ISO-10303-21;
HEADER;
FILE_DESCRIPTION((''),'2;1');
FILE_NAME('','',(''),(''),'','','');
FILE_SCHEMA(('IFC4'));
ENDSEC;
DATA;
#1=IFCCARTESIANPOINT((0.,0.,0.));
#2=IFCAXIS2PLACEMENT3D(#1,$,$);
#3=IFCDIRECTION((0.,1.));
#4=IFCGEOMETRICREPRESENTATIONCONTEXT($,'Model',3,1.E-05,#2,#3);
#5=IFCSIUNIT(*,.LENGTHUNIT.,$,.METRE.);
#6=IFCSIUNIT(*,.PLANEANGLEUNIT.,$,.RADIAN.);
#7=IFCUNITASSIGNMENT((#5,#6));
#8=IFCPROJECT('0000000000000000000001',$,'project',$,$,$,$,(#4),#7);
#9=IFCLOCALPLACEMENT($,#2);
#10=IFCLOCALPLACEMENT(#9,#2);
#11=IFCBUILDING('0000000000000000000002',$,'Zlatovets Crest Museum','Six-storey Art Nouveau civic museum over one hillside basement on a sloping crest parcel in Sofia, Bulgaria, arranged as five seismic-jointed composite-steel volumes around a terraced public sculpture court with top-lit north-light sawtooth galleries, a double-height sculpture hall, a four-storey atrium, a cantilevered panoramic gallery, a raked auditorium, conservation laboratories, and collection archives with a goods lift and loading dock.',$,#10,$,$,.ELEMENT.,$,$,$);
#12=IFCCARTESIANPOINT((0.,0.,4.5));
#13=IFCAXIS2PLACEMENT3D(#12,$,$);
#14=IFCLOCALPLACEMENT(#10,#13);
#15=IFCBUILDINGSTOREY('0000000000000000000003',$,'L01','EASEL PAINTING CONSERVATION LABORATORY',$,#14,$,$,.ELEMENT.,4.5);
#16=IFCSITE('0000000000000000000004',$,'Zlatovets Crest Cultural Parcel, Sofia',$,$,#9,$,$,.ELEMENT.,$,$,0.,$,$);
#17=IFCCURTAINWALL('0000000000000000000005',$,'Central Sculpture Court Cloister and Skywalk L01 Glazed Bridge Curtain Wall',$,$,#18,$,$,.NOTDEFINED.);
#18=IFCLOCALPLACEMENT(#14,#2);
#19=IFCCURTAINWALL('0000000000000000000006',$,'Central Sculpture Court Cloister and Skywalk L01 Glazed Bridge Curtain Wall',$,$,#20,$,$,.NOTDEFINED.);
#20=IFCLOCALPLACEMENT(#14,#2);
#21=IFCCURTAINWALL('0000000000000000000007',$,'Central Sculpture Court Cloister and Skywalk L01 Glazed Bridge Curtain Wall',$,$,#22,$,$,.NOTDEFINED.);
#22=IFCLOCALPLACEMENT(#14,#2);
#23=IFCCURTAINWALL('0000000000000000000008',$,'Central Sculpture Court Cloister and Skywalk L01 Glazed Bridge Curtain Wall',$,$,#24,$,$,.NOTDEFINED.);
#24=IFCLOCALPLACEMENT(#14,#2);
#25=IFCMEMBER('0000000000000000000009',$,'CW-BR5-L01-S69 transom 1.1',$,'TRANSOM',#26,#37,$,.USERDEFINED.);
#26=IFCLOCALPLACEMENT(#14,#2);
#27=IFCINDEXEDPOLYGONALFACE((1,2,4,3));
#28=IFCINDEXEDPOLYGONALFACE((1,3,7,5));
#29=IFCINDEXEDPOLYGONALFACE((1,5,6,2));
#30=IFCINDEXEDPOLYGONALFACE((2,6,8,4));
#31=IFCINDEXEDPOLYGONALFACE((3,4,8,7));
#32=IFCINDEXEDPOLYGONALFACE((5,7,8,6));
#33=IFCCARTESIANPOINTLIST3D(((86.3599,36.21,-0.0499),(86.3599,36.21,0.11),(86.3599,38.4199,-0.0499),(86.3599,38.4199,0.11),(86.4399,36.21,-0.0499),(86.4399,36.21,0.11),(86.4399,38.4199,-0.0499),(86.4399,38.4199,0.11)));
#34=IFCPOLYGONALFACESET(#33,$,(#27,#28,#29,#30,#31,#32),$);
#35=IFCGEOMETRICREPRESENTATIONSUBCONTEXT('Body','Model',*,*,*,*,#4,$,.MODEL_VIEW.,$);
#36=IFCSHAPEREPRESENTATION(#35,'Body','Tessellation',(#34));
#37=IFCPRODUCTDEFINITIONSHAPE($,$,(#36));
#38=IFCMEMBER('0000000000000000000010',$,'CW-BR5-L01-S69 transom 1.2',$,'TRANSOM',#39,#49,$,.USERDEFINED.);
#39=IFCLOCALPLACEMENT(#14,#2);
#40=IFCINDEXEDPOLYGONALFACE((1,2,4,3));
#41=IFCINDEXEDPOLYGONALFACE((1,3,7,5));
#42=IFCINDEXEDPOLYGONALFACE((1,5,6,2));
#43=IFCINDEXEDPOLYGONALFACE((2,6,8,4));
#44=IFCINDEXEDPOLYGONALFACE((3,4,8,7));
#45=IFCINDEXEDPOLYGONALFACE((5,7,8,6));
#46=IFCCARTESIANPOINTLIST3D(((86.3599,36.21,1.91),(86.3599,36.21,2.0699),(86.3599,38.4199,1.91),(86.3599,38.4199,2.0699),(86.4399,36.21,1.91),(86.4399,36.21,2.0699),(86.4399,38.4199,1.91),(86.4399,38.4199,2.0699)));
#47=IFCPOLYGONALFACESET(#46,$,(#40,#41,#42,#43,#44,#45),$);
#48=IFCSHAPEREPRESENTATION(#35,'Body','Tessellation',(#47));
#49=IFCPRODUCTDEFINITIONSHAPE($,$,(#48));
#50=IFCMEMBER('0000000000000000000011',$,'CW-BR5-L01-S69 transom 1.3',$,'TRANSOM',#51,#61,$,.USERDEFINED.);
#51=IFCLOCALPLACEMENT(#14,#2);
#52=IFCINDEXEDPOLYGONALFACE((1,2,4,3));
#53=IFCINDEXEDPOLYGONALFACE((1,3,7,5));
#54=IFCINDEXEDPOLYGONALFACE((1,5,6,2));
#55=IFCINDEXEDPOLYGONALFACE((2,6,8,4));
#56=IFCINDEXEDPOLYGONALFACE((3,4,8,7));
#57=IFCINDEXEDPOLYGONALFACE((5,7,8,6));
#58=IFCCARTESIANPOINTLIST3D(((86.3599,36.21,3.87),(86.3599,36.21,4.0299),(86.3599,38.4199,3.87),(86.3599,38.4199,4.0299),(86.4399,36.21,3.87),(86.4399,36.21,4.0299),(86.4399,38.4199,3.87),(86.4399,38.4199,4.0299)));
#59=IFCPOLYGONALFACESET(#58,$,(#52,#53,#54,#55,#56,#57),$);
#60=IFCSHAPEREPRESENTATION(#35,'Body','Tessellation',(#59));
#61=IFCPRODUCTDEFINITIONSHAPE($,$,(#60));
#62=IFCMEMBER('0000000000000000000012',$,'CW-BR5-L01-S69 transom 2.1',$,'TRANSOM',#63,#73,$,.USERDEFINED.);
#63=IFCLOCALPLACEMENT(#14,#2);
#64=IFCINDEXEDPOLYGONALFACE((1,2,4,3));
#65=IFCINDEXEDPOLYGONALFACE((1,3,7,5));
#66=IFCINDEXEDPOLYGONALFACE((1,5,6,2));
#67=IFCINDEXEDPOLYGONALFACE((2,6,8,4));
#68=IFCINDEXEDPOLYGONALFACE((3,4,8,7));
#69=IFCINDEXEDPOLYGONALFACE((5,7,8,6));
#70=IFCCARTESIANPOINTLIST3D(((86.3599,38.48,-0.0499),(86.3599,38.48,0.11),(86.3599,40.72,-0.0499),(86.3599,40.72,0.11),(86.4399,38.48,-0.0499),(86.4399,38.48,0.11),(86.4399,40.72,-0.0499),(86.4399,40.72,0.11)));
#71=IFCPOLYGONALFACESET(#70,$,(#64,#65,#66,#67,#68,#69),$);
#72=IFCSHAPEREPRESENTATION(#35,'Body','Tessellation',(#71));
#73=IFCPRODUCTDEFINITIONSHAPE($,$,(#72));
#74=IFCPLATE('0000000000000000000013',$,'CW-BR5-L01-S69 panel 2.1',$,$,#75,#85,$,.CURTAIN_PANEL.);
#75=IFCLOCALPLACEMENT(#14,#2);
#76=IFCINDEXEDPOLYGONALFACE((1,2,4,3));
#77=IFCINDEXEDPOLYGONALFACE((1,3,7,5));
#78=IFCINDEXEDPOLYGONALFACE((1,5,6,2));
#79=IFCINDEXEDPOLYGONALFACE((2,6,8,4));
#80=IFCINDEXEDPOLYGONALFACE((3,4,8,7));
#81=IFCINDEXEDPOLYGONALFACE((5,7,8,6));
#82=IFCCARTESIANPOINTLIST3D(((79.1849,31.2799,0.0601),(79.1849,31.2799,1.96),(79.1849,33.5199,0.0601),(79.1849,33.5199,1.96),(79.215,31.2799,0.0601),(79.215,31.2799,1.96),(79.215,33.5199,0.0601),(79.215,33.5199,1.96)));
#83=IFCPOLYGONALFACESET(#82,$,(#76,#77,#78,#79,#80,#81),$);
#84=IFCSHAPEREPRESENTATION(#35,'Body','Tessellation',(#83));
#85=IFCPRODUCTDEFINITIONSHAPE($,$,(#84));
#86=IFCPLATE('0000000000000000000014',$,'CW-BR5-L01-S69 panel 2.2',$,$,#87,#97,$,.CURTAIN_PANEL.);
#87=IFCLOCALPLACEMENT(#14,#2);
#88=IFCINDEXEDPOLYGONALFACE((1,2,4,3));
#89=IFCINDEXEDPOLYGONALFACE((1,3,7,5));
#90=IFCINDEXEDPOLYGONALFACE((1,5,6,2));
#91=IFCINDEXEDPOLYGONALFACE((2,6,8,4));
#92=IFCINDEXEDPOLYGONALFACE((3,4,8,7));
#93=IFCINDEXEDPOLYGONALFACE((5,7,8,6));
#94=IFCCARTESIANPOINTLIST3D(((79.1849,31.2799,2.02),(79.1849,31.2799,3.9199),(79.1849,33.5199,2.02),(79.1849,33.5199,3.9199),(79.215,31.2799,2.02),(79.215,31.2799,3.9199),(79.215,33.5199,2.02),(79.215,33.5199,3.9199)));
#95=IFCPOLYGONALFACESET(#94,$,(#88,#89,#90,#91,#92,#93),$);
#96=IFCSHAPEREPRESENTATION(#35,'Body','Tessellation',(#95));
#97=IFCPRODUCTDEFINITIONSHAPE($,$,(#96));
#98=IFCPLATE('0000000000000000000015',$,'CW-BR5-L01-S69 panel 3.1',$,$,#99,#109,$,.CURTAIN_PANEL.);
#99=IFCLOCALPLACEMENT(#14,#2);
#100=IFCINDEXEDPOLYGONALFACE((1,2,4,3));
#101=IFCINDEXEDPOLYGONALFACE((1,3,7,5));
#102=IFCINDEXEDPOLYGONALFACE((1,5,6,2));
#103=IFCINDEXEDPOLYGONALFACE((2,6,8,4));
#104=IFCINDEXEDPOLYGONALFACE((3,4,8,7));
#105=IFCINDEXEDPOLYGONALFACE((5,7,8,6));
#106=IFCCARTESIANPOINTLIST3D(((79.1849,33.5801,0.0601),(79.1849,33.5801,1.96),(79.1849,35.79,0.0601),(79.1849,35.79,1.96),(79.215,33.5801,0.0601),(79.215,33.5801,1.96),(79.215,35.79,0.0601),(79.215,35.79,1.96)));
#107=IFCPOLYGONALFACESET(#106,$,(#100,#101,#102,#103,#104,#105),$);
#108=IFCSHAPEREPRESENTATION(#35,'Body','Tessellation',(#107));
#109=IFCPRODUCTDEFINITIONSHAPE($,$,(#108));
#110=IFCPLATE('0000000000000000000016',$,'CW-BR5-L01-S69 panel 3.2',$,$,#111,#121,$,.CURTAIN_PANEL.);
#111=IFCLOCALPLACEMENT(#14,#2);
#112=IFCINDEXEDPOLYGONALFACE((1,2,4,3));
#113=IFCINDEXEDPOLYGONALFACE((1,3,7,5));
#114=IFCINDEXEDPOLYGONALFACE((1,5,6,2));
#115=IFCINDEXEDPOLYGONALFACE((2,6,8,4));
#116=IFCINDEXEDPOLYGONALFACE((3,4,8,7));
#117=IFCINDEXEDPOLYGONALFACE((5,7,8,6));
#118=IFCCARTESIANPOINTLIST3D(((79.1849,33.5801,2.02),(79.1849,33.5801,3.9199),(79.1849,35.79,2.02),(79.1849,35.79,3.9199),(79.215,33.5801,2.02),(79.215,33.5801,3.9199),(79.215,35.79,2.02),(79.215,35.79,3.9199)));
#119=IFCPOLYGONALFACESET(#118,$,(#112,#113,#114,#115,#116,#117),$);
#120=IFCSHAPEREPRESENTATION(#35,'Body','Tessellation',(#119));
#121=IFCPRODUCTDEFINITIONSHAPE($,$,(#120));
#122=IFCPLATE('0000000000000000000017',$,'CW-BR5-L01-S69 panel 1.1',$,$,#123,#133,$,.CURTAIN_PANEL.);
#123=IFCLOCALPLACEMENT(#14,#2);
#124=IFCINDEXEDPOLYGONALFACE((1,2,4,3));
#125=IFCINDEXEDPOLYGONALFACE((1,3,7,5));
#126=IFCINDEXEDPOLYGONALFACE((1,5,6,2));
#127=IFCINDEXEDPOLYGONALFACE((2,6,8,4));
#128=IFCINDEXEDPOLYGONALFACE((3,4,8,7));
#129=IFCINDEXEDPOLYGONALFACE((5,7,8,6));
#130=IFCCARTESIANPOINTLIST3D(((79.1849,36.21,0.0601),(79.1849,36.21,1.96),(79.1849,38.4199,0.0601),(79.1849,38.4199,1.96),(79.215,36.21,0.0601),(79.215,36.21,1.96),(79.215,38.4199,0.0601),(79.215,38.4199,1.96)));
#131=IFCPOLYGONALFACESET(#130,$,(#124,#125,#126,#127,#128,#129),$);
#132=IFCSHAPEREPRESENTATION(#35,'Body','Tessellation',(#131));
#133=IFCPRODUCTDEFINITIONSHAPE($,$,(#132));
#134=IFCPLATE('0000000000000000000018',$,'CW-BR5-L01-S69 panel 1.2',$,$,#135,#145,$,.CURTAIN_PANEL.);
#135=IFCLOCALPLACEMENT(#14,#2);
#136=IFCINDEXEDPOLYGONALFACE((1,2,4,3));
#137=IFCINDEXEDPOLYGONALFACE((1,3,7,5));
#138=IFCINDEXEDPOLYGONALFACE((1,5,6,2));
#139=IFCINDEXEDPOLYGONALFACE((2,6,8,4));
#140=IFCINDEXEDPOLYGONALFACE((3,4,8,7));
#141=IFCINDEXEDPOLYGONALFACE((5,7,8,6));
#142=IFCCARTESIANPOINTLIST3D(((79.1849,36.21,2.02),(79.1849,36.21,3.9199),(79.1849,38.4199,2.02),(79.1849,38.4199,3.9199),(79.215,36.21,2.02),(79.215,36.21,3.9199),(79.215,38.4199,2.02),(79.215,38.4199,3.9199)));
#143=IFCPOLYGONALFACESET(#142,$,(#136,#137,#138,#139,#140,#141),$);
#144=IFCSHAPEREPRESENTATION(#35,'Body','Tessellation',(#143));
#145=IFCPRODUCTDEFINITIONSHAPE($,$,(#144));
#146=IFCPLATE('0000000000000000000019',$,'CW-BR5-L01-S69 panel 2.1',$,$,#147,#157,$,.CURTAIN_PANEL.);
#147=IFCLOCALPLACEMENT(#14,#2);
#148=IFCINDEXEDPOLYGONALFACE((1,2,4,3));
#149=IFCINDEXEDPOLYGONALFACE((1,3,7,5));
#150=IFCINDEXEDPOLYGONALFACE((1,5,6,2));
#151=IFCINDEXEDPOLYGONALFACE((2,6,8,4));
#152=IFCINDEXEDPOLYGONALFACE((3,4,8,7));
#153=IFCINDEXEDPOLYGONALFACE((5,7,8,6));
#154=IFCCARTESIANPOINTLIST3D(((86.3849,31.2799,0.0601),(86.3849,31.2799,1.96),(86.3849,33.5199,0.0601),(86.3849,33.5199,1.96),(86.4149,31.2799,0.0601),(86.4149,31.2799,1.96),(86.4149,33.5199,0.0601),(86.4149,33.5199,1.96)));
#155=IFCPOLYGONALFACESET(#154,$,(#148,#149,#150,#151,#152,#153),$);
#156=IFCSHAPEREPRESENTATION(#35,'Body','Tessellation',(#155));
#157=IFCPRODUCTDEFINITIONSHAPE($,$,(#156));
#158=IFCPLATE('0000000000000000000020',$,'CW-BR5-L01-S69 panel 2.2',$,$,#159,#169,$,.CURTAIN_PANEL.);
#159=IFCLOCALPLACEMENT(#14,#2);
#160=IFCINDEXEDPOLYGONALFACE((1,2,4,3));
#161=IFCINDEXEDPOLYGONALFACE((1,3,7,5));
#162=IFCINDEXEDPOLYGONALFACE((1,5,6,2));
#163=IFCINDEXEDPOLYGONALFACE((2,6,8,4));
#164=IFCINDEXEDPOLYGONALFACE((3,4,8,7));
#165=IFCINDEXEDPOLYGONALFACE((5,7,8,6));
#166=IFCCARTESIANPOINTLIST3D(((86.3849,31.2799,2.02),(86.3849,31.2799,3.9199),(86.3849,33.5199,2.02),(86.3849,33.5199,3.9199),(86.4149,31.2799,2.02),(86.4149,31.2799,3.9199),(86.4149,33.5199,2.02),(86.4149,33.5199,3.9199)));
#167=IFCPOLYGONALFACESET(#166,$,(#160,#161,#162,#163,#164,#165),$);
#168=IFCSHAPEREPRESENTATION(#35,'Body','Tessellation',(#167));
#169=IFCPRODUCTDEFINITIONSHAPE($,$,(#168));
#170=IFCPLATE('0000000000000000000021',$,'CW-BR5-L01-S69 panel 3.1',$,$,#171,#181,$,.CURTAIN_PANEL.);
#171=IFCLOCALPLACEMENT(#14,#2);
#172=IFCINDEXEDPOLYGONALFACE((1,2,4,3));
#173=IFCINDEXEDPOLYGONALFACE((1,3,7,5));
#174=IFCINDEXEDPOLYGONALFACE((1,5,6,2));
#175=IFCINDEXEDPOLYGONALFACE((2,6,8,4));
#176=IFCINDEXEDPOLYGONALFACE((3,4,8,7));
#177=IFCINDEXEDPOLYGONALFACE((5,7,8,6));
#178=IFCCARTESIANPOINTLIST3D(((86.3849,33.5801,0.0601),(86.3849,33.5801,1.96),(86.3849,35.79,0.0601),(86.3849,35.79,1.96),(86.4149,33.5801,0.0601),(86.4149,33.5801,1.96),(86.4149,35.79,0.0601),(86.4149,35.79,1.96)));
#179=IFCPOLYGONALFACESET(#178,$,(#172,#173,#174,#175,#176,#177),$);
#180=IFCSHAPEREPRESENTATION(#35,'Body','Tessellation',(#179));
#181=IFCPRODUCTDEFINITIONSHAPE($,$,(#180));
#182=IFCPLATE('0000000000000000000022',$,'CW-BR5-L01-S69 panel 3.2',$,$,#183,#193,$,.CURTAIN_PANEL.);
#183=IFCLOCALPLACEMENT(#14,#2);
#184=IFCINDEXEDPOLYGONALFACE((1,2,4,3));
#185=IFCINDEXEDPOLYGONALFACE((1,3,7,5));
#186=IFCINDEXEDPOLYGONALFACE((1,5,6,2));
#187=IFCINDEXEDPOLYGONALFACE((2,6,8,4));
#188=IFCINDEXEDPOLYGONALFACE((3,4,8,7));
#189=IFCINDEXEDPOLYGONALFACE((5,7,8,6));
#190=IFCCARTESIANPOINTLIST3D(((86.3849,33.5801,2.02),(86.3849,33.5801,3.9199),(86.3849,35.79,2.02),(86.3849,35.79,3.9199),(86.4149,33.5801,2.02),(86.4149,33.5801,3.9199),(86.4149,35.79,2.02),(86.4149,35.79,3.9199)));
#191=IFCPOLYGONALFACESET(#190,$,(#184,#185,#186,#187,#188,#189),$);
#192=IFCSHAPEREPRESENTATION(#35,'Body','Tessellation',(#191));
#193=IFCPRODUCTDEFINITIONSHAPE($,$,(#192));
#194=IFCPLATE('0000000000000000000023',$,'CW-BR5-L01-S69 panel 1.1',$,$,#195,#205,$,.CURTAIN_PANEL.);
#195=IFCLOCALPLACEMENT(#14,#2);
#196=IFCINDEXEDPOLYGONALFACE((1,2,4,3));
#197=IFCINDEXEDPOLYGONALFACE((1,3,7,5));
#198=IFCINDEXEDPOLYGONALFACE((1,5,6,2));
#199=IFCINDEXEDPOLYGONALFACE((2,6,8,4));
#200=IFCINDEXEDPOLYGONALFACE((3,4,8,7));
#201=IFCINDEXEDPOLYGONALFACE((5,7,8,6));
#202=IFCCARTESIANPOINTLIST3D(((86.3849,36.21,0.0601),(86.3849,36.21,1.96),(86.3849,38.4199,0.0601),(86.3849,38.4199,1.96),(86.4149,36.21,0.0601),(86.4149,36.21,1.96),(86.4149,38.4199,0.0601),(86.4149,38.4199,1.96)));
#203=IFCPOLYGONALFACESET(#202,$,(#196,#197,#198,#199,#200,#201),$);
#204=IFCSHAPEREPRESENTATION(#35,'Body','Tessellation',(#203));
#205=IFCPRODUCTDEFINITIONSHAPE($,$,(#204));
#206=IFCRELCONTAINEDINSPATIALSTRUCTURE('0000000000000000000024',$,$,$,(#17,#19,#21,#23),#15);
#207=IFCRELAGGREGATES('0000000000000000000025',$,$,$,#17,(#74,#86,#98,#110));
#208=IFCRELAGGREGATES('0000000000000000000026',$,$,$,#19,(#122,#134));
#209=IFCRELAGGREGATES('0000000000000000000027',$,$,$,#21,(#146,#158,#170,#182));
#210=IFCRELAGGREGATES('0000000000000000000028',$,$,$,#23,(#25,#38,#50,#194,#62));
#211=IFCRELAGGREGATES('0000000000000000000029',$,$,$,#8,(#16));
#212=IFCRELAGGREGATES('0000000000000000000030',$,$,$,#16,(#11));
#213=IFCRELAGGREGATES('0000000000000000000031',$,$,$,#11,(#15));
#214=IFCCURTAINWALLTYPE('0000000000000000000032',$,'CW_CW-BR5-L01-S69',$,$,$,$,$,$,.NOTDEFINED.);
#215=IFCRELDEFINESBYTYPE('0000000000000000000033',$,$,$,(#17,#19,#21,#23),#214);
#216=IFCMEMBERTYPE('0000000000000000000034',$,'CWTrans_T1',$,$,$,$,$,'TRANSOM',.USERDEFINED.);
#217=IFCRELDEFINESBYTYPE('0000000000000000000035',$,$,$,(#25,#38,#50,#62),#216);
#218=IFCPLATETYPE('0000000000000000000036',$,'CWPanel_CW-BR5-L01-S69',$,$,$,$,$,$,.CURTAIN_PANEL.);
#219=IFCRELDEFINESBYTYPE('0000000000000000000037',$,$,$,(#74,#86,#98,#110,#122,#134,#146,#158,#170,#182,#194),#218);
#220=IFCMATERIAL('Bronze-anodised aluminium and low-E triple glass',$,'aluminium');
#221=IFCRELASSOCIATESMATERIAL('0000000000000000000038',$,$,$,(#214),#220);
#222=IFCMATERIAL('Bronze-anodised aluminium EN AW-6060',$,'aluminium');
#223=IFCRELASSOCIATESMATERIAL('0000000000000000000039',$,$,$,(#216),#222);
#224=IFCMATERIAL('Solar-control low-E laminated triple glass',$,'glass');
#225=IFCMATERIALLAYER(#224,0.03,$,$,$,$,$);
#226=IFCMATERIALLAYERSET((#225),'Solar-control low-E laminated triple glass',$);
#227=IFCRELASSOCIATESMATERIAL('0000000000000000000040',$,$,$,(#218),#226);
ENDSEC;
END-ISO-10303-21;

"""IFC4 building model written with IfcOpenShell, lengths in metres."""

from ifc_helpers import new_model, si_unit, direction, frame, origin, origin_2d, place, context, subcontext, project, spatial, rectangle, extrude, material, layer, layer_set, material_profile, profile_set, type_object, element, aggregate, save


model = new_model("IFC4")

# Units and contexts
model_context = context("Model", 3, precision=1e-05, world=origin(), true_north=direction((0.0, 1.0)))
body_context = subcontext(model_context, "Body", "Model", "MODEL_VIEW")
ifc_project = project(units=[si_unit("LENGTHUNIT", "METRE"), si_unit("PLANEANGLEUNIT", "RADIAN")], contexts=[model_context])

# Site, building, storey
site_placement = place(None, origin())
site = spatial("IfcSite", under=ifc_project, at=site_placement, Name="Zlatovets Crest Cultural Parcel, Sofia", CompositionType="ELEMENT", RefElevation=0.0)
building_placement = place(site_placement, origin())
building = spatial("IfcBuilding", under=site, at=building_placement, Name="Zlatovets Crest Museum", Description="Six-storey Art Nouveau civic museum over one hillside basement on a sloping crest parcel in Sofia, Bulgaria, arranged as five seismic-jointed composite-steel volumes around a terraced public sculpture court with top-lit north-light sawtooth galleries, a double-height sculpture hall, a four-storey atrium, a cantilevered panoramic gallery, a raked auditorium, conservation laboratories, and collection archives with a goods lift and loading dock.", CompositionType="ELEMENT")
storey_placement = place(building_placement, frame((0.0, 0.0, 4.5)))
storey = spatial("IfcBuildingStorey", under=building, at=storey_placement, Name="L01", Description="EASEL PAINTING CONSERVATION LABORATORY", CompositionType="ELEMENT", Elevation=4.5)

# Curtain walls
ifc_material_1 = material(Name="Bronze-anodised aluminium and low-E triple glass", Category="aluminium")
curtain_wall_type = type_object("IfcCurtainWallType", Name="CW_CW-BR5-L01-S69", PredefinedType="NOTDEFINED", material=ifc_material_1)
curtain_wall_1_placement = place(storey_placement, origin())
curtain_wall_1 = element("IfcCurtainWall", 1, at=curtain_wall_1_placement, inside=storey, type_object=curtain_wall_type, Name="Central Sculpture Court Cloister and Skywalk L01 Glazed Bridge Curtain Wall", PredefinedType="NOTDEFINED")
ifc_material_2 = material(Name="Bronze-anodised aluminium EN AW-6060", Category="aluminium")
curtain_wall_2_placement = place(storey_placement, origin())
curtain_wall_2 = element("IfcCurtainWall", 2, at=curtain_wall_2_placement, inside=storey, type_object=curtain_wall_type, Name="Central Sculpture Court Cloister and Skywalk L01 Glazed Bridge Curtain Wall", PredefinedType="NOTDEFINED")
curtain_wall_3_placement = place(storey_placement, origin())
curtain_wall_3 = element("IfcCurtainWall", 3, at=curtain_wall_3_placement, inside=storey, type_object=curtain_wall_type, Name="Central Sculpture Court Cloister and Skywalk L01 Glazed Bridge Curtain Wall", PredefinedType="NOTDEFINED")
curtain_wall_4_placement = place(storey_placement, origin())
curtain_wall_4 = element("IfcCurtainWall", 4, at=curtain_wall_4_placement, inside=storey, type_object=curtain_wall_type, Name="Central Sculpture Court Cloister and Skywalk L01 Glazed Bridge Curtain Wall", PredefinedType="NOTDEFINED")

# Members
ifc_material_profile_1 = material_profile(ifc_material_2, rectangle(XDim=0.0801, YDim=0.1599, at=origin_2d()), Name="ALU 80x160")
ifc_profile_set_1 = profile_set([ifc_material_profile_1], Name="Bronze-anodised aluminium EN AW-6060")
member_type_1 = type_object("IfcMemberType", Name="CWTrans_T1", ElementType="TRANSOM", PredefinedType="USERDEFINED", material=ifc_profile_set_1)
member_1_placement = place(storey_placement, frame((86.3999, 36.21, 0.03), z_axis=(0.0, 1.0, 0.0), x_axis=(-1.0, 0.0, 0.0)))
member_1 = element("IfcMember", 5, at=member_1_placement, type_object=member_type_1, Name="CW-BR5-L01-S69 transom 1.1", ObjectType="TRANSOM", PredefinedType="USERDEFINED", context=body_context, shape_type="SweptSolid", body=[
    extrude(rectangle(XDim=0.0801, YDim=0.1599, at=origin_2d()), origin(), (0.0, 0.0, 1.0), 2.21),
])
member_2_placement = place(storey_placement, frame((86.3999, 36.21, 1.99), z_axis=(0.0, 1.0, 0.0), x_axis=(-1.0, 0.0, 0.0)))
member_2 = element("IfcMember", 6, at=member_2_placement, type_object=member_type_1, Name="CW-BR5-L01-S69 transom 1.2", ObjectType="TRANSOM", PredefinedType="USERDEFINED", context=body_context, shape_type="SweptSolid", body=[
    extrude(rectangle(XDim=0.0801, YDim=0.1599, at=origin_2d()), origin(), (0.0, 0.0, 1.0), 2.21),
])
member_3_placement = place(storey_placement, frame((86.3999, 36.21, 3.95), z_axis=(0.0, 1.0, 0.0), x_axis=(-1.0, 0.0, 0.0)))
member_3 = element("IfcMember", 7, at=member_3_placement, type_object=member_type_1, Name="CW-BR5-L01-S69 transom 1.3", ObjectType="TRANSOM", PredefinedType="USERDEFINED", context=body_context, shape_type="SweptSolid", body=[
    extrude(rectangle(XDim=0.0801, YDim=0.1599, at=origin_2d()), origin(), (0.0, 0.0, 1.0), 2.21),
])
member_4_placement = place(storey_placement, frame((86.3999, 38.48, 0.03), z_axis=(0.0, 1.0, 0.0), x_axis=(-1.0, 0.0, 0.0)))
member_4 = element("IfcMember", 8, at=member_4_placement, type_object=member_type_1, Name="CW-BR5-L01-S69 transom 2.1", ObjectType="TRANSOM", PredefinedType="USERDEFINED", context=body_context, shape_type="SweptSolid", body=[
    extrude(rectangle(XDim=0.0801, YDim=0.1599, at=origin_2d()), origin(), (0.0, 0.0, 1.0), 2.24),
])

# Plates
ifc_material_3 = material(Name="Solar-control low-E laminated triple glass", Category="glass")
ifc_layer = layer(ifc_material_3, 0.03)
ifc_layer_set = layer_set([ifc_layer], Name="Solar-control low-E laminated triple glass")
plate_type = type_object("IfcPlateType", Name="CWPanel_CW-BR5-L01-S69", PredefinedType="CURTAIN_PANEL", material=ifc_layer_set)
plate_1_placement = place(storey_placement, frame((79.2, 32.3999, 0.0601), z_axis=(0.0, 0.0, 1.0), x_axis=(0.0, 1.0, 0.0)))
plate_1 = element("IfcPlate", 9, at=plate_1_placement, type_object=plate_type, Name="CW-BR5-L01-S69 panel 2.1", PredefinedType="CURTAIN_PANEL", context=body_context, shape_type="SweptSolid", body=[
    extrude(rectangle(XDim=2.24, YDim=0.03, at=origin_2d()), origin(), (0.0, 0.0, 1.0), 1.8999),
])
plate_2_placement = place(storey_placement, frame((79.2, 32.3999, 2.02), z_axis=(0.0, 0.0, 1.0), x_axis=(0.0, 1.0, 0.0)))
plate_2 = element("IfcPlate", 10, at=plate_2_placement, type_object=plate_type, Name="CW-BR5-L01-S69 panel 2.2", PredefinedType="CURTAIN_PANEL", context=body_context, shape_type="SweptSolid", body=[
    extrude(rectangle(XDim=2.24, YDim=0.03, at=origin_2d()), origin(), (0.0, 0.0, 1.0), 1.8999),
])
plate_3_placement = place(storey_placement, frame((79.2, 34.6851, 0.0601), z_axis=(0.0, 0.0, 1.0), x_axis=(0.0, 1.0, 0.0)))
plate_3 = element("IfcPlate", 11, at=plate_3_placement, type_object=plate_type, Name="CW-BR5-L01-S69 panel 3.1", PredefinedType="CURTAIN_PANEL", context=body_context, shape_type="SweptSolid", body=[
    extrude(rectangle(XDim=2.21, YDim=0.03, at=origin_2d()), origin(), (0.0, 0.0, 1.0), 1.8999),
])
plate_4_placement = place(storey_placement, frame((79.2, 34.6851, 2.02), z_axis=(0.0, 0.0, 1.0), x_axis=(0.0, 1.0, 0.0)))
plate_4 = element("IfcPlate", 12, at=plate_4_placement, type_object=plate_type, Name="CW-BR5-L01-S69 panel 3.2", PredefinedType="CURTAIN_PANEL", context=body_context, shape_type="SweptSolid", body=[
    extrude(rectangle(XDim=2.21, YDim=0.03, at=origin_2d()), origin(), (0.0, 0.0, 1.0), 1.8999),
])
aggregate(curtain_wall_1, [plate_1, plate_2, plate_3, plate_4])
plate_5_placement = place(storey_placement, frame((79.2, 37.3149, 0.0601), z_axis=(0.0, 0.0, 1.0), x_axis=(0.0, 1.0, 0.0)))
plate_5 = element("IfcPlate", 13, at=plate_5_placement, type_object=plate_type, Name="CW-BR5-L01-S69 panel 1.1", PredefinedType="CURTAIN_PANEL", context=body_context, shape_type="SweptSolid", body=[
    extrude(rectangle(XDim=2.21, YDim=0.03, at=origin_2d()), origin(), (0.0, 0.0, 1.0), 1.8999),
])
plate_6_placement = place(storey_placement, frame((79.2, 37.3149, 2.02), z_axis=(0.0, 0.0, 1.0), x_axis=(0.0, 1.0, 0.0)))
plate_6 = element("IfcPlate", 14, at=plate_6_placement, type_object=plate_type, Name="CW-BR5-L01-S69 panel 1.2", PredefinedType="CURTAIN_PANEL", context=body_context, shape_type="SweptSolid", body=[
    extrude(rectangle(XDim=2.21, YDim=0.03, at=origin_2d()), origin(), (0.0, 0.0, 1.0), 1.8999),
])
aggregate(curtain_wall_2, [plate_5, plate_6])
plate_7_placement = place(storey_placement, frame((86.3999, 32.3999, 0.0601), z_axis=(0.0, 0.0, 1.0), x_axis=(0.0, 1.0, 0.0)))
plate_7 = element("IfcPlate", 15, at=plate_7_placement, type_object=plate_type, Name="CW-BR5-L01-S69 panel 2.1", PredefinedType="CURTAIN_PANEL", context=body_context, shape_type="SweptSolid", body=[
    extrude(rectangle(XDim=2.24, YDim=0.03, at=origin_2d()), origin(), (0.0, 0.0, 1.0), 1.8999),
])
plate_8_placement = place(storey_placement, frame((86.3999, 32.3999, 2.02), z_axis=(0.0, 0.0, 1.0), x_axis=(0.0, 1.0, 0.0)))
plate_8 = element("IfcPlate", 16, at=plate_8_placement, type_object=plate_type, Name="CW-BR5-L01-S69 panel 2.2", PredefinedType="CURTAIN_PANEL", context=body_context, shape_type="SweptSolid", body=[
    extrude(rectangle(XDim=2.24, YDim=0.03, at=origin_2d()), origin(), (0.0, 0.0, 1.0), 1.8999),
])
plate_9_placement = place(storey_placement, frame((86.3999, 34.6851, 0.0601), z_axis=(0.0, 0.0, 1.0), x_axis=(0.0, 1.0, 0.0)))
plate_9 = element("IfcPlate", 17, at=plate_9_placement, type_object=plate_type, Name="CW-BR5-L01-S69 panel 3.1", PredefinedType="CURTAIN_PANEL", context=body_context, shape_type="SweptSolid", body=[
    extrude(rectangle(XDim=2.21, YDim=0.03, at=origin_2d()), origin(), (0.0, 0.0, 1.0), 1.8999),
])
plate_10_placement = place(storey_placement, frame((86.3999, 34.6851, 2.02), z_axis=(0.0, 0.0, 1.0), x_axis=(0.0, 1.0, 0.0)))
plate_10 = element("IfcPlate", 18, at=plate_10_placement, type_object=plate_type, Name="CW-BR5-L01-S69 panel 3.2", PredefinedType="CURTAIN_PANEL", context=body_context, shape_type="SweptSolid", body=[
    extrude(rectangle(XDim=2.21, YDim=0.03, at=origin_2d()), origin(), (0.0, 0.0, 1.0), 1.8999),
])
aggregate(curtain_wall_3, [plate_7, plate_8, plate_9, plate_10])
plate_11_placement = place(storey_placement, frame((86.3999, 37.3149, 0.0601), z_axis=(0.0, 0.0, 1.0), x_axis=(0.0, 1.0, 0.0)))
plate_11 = element("IfcPlate", 19, at=plate_11_placement, type_object=plate_type, Name="CW-BR5-L01-S69 panel 1.1", PredefinedType="CURTAIN_PANEL", context=body_context, shape_type="SweptSolid", body=[
    extrude(rectangle(XDim=2.21, YDim=0.03, at=origin_2d()), origin(), (0.0, 0.0, 1.0), 1.8999),
])
aggregate(curtain_wall_4, [member_1, member_2, member_3, plate_11, member_4])

save(model, "model.ifc")
